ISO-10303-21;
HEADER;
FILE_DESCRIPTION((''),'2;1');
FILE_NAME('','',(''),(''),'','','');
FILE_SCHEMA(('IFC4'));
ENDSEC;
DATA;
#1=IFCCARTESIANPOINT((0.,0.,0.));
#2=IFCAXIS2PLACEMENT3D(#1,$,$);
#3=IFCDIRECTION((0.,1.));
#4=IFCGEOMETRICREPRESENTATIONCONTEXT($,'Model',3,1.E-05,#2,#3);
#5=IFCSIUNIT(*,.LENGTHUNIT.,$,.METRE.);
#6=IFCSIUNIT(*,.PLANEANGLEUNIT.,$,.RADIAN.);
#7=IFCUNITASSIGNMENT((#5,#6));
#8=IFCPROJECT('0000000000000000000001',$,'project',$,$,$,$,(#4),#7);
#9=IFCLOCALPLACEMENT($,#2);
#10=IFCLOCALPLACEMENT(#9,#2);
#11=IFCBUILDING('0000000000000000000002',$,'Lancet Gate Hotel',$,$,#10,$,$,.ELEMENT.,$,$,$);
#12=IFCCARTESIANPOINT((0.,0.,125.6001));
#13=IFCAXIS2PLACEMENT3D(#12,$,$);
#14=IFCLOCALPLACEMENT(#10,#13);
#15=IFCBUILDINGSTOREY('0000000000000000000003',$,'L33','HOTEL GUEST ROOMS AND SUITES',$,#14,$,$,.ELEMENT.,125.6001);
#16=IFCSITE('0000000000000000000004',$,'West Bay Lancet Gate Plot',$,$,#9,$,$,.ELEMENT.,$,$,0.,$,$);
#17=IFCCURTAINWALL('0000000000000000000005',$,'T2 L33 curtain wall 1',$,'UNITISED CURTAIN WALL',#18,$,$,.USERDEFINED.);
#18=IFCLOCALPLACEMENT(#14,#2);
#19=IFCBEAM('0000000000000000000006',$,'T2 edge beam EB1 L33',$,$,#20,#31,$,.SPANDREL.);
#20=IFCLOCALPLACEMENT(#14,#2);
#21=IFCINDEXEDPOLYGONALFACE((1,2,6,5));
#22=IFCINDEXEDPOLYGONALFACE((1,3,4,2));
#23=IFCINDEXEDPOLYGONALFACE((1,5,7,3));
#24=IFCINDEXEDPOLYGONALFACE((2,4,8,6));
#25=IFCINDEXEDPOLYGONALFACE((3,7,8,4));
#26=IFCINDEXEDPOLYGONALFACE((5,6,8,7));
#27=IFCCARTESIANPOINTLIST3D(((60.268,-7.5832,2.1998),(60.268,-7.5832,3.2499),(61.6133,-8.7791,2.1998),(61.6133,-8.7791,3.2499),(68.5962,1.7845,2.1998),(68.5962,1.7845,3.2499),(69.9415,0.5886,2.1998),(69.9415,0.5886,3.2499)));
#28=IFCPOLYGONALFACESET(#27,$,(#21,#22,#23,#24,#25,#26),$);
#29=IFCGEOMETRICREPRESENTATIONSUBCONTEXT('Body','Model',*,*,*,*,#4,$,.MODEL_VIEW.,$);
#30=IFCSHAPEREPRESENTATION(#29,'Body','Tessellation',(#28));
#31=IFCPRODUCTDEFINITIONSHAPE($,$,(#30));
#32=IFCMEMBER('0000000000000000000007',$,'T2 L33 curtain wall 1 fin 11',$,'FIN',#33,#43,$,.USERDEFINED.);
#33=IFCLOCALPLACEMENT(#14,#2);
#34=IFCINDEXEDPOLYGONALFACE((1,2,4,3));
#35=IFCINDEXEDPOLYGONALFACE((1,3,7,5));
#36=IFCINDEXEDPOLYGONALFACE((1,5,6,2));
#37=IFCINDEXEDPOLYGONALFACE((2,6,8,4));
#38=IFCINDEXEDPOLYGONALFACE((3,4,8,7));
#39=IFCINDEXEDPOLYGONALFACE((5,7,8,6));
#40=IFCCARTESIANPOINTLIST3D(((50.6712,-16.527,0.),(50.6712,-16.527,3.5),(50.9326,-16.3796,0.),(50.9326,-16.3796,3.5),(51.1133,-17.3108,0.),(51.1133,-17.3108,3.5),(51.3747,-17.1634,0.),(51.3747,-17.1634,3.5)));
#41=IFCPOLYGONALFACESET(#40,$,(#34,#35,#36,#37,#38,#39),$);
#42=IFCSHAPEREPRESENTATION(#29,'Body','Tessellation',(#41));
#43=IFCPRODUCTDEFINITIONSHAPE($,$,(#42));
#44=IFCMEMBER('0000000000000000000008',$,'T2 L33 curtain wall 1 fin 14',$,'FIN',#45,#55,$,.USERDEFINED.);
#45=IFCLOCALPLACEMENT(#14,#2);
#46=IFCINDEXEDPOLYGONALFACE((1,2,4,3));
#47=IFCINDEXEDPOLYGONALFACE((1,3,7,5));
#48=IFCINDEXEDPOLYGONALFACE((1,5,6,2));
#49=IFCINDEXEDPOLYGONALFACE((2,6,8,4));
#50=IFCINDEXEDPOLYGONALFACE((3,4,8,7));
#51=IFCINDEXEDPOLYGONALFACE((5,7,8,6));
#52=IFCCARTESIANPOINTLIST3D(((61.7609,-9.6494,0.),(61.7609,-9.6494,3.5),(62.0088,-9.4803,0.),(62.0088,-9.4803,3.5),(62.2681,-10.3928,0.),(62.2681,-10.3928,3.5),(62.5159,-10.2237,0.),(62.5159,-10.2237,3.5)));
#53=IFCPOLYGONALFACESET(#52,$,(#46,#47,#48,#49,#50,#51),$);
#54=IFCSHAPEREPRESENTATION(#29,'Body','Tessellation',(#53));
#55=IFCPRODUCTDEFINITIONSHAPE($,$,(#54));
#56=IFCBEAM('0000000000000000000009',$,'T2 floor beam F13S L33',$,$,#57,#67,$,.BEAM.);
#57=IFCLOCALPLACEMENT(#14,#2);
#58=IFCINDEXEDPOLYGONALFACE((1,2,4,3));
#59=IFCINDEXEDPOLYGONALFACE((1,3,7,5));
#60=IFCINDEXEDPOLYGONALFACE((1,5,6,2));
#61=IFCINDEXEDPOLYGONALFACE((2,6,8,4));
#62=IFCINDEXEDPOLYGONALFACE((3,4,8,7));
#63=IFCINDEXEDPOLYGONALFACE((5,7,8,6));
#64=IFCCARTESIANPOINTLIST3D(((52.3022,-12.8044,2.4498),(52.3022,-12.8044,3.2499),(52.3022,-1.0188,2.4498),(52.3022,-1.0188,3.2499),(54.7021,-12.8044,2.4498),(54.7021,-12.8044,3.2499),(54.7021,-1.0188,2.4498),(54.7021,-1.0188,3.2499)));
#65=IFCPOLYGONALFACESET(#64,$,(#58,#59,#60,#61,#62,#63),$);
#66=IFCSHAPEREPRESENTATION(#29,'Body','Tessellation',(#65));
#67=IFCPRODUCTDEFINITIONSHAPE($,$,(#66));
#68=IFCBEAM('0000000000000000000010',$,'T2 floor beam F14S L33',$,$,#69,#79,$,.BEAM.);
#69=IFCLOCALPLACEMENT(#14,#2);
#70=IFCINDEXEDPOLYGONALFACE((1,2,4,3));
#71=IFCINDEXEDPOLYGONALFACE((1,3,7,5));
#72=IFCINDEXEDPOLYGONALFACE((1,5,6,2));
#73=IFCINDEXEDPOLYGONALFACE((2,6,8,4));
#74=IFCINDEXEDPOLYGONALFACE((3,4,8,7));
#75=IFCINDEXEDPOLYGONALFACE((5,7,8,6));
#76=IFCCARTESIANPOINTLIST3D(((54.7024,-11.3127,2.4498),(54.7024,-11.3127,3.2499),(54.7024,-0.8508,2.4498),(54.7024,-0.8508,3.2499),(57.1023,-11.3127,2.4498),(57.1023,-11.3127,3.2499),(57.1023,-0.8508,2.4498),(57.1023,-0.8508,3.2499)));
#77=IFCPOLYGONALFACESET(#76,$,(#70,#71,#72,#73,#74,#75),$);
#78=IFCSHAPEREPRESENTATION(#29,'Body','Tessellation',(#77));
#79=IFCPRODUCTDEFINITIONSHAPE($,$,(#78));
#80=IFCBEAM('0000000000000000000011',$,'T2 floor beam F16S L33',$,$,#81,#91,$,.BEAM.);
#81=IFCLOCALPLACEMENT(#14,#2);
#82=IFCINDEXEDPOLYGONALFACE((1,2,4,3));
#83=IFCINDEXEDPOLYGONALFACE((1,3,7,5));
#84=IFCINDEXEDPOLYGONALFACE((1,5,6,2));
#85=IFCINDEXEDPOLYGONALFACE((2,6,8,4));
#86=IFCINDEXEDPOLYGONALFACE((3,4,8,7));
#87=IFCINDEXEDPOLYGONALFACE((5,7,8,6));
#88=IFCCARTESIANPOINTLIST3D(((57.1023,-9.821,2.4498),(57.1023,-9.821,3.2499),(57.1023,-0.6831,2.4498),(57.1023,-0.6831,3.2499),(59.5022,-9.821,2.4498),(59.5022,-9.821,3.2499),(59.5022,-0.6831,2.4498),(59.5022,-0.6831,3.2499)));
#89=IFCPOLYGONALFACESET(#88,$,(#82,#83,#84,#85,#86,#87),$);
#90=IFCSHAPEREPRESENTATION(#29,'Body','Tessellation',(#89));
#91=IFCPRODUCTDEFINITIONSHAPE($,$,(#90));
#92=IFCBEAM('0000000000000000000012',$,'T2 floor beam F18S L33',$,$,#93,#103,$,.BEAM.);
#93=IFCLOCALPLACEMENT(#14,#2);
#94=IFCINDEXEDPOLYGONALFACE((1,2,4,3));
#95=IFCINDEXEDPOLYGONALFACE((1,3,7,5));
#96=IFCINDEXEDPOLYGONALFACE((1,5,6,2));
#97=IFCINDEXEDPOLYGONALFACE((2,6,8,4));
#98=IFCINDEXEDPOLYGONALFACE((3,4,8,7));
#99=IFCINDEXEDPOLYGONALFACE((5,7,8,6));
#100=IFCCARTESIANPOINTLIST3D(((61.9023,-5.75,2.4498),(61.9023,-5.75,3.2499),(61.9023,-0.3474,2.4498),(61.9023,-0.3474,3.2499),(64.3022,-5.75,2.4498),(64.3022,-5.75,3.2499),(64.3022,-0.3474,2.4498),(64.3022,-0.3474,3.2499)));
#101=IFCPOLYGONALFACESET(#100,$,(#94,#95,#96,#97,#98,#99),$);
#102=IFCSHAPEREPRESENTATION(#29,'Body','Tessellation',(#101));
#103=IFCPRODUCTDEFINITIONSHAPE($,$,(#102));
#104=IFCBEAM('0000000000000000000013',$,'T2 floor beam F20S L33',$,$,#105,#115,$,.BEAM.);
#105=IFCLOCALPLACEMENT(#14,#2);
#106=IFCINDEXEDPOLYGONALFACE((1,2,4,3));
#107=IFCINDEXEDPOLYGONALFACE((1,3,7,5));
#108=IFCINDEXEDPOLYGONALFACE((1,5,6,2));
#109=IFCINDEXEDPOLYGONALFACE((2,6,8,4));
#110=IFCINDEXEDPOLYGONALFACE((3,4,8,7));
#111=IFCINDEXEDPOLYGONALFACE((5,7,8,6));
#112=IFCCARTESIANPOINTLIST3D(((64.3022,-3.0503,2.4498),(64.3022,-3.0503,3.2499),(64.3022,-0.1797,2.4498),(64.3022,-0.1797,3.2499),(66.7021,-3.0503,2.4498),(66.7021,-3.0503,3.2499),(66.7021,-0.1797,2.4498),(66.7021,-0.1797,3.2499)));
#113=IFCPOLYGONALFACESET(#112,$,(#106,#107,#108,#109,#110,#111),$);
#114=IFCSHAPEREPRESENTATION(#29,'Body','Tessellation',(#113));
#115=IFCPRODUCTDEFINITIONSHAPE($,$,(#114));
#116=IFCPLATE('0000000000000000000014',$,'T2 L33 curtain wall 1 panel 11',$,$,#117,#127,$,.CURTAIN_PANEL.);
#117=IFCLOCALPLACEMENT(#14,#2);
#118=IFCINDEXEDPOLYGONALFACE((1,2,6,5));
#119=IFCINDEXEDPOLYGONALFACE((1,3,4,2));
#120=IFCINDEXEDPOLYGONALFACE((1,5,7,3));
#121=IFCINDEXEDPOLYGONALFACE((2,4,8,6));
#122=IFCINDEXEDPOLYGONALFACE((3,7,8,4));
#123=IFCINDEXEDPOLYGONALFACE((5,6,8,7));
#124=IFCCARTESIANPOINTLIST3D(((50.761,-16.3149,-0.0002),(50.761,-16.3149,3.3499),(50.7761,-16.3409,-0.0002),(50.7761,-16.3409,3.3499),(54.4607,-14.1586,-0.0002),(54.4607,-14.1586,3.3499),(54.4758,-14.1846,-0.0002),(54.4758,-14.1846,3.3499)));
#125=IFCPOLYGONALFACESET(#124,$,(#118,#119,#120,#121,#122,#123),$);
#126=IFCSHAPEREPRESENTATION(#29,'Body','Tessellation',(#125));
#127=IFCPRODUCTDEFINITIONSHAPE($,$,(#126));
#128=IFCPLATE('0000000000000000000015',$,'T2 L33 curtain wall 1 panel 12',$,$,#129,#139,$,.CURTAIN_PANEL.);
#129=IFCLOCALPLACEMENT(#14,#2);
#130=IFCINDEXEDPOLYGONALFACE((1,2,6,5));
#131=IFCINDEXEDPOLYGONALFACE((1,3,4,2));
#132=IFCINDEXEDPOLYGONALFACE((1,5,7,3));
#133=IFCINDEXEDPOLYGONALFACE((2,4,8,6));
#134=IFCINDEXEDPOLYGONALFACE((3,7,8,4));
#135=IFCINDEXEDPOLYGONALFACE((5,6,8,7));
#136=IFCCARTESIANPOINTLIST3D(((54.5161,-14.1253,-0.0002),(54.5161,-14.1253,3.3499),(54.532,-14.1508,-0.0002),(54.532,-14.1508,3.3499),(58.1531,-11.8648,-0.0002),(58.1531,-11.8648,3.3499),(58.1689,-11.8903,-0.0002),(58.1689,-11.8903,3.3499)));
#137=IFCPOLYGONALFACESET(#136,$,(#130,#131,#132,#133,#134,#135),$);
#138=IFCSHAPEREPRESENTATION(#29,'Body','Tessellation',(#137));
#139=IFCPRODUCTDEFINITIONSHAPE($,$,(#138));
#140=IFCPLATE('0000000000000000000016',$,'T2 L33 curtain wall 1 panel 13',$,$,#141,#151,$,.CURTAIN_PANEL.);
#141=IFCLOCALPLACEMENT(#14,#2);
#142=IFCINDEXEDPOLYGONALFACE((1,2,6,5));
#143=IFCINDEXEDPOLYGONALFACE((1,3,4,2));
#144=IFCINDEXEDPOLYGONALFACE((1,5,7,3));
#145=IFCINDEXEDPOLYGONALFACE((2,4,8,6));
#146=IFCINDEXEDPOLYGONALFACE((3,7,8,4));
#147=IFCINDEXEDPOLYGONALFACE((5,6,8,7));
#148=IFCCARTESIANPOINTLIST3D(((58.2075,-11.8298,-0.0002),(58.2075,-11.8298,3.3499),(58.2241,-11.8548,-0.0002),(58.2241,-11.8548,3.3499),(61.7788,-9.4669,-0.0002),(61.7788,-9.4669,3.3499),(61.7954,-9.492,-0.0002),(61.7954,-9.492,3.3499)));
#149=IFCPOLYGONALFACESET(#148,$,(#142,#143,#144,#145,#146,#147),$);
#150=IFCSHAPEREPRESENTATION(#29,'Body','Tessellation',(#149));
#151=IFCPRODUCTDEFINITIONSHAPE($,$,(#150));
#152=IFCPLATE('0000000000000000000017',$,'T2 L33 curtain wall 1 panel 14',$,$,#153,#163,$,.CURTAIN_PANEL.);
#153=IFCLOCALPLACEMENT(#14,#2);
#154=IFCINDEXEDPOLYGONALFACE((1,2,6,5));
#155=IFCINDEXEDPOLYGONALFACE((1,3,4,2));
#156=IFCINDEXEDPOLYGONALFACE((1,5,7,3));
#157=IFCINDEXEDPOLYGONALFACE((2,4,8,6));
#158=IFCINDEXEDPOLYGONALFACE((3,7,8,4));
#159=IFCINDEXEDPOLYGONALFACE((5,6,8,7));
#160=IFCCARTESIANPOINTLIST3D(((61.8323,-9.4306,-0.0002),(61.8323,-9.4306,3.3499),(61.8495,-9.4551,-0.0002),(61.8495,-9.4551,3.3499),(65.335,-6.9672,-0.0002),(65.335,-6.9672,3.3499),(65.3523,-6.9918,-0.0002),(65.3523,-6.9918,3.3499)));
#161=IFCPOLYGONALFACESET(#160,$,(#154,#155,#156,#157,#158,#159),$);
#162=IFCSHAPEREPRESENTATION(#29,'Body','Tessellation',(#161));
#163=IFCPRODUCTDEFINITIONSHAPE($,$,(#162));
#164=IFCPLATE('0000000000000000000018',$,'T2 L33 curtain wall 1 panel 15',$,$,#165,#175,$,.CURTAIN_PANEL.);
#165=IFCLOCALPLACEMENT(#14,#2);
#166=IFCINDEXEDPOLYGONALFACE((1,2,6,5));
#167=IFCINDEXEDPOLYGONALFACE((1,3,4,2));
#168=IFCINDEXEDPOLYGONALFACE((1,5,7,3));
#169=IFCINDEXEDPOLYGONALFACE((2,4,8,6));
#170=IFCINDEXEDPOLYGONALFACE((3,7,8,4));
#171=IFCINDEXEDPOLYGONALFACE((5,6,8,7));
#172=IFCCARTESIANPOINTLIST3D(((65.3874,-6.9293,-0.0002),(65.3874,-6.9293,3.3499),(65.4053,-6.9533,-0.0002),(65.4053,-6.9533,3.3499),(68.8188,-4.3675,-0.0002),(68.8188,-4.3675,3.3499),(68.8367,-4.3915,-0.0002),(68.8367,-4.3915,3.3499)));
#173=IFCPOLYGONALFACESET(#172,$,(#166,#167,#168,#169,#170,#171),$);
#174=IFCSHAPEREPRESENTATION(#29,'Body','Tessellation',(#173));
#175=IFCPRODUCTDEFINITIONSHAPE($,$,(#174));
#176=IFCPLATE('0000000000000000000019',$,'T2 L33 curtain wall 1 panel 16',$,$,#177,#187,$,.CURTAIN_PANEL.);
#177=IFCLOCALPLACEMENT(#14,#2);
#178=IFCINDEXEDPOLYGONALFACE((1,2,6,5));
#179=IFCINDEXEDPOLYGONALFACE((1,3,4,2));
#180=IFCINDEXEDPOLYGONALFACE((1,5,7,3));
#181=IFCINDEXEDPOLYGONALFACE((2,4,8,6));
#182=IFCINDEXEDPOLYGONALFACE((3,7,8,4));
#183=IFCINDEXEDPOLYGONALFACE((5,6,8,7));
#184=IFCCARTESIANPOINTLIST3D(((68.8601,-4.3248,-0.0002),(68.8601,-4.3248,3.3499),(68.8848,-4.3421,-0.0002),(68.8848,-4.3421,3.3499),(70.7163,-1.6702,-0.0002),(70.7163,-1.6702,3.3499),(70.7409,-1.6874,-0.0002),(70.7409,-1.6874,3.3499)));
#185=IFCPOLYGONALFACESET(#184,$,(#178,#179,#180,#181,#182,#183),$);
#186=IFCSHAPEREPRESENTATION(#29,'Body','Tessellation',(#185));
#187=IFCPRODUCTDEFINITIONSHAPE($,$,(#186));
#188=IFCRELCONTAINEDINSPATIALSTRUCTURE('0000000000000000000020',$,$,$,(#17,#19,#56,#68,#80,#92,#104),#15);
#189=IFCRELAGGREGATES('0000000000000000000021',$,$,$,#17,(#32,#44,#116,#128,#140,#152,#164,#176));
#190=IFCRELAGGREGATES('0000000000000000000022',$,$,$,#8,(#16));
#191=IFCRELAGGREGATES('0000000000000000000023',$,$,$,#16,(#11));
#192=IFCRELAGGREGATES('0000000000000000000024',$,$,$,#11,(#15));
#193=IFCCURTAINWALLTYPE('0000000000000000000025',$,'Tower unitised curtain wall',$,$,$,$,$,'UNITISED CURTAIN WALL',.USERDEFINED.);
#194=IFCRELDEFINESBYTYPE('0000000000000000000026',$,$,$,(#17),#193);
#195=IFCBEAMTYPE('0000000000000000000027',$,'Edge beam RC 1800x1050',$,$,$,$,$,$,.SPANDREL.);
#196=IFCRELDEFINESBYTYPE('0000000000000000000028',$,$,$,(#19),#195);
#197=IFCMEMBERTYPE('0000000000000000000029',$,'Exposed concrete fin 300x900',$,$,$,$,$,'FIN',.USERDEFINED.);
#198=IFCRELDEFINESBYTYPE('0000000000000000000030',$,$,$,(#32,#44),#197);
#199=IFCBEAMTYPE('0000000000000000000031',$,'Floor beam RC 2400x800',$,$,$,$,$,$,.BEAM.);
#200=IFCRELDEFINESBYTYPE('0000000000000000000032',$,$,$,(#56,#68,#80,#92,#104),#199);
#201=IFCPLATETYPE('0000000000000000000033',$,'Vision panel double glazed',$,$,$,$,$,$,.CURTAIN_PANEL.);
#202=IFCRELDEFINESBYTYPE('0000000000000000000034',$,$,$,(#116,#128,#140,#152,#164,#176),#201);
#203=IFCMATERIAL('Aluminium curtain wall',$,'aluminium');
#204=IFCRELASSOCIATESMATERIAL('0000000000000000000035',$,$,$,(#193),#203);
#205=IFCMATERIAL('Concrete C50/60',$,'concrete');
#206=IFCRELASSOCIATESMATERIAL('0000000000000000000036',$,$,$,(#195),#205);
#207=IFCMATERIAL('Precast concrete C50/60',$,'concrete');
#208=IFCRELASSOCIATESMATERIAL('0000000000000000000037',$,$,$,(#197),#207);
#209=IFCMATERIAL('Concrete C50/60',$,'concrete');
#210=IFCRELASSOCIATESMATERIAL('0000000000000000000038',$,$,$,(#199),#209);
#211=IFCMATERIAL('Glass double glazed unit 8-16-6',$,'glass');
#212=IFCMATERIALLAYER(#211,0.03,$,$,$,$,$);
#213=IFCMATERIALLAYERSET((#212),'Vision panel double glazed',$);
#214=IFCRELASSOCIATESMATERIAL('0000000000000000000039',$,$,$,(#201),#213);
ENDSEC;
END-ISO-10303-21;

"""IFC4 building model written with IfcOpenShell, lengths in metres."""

from ifc_helpers import new_model, si_unit, direction, frame, origin, origin_2d, place, context, subcontext, project, spatial, rectangle, extrude, material, layer, layer_set, material_profile, profile_set, type_object, element, aggregate, save


model = new_model("IFC4")

# Units and contexts
model_context = context("Model", 3, precision=1e-05, world=origin(), true_north=direction((0.0, 1.0)))
body_context = subcontext(model_context, "Body", "Model", "MODEL_VIEW")
ifc_project = project(units=[si_unit("LENGTHUNIT", "METRE"), si_unit("PLANEANGLEUNIT", "RADIAN")], contexts=[model_context])

# Site, building, storey
site_placement = place(None, origin())
site = spatial("IfcSite", under=ifc_project, at=site_placement, Name="West Bay Lancet Gate Plot", CompositionType="ELEMENT", RefElevation=0.0)
building_placement = place(site_placement, origin())
building = spatial("IfcBuilding", under=site, at=building_placement, Name="Lancet Gate Hotel", CompositionType="ELEMENT")
storey_placement = place(building_placement, frame((0.0, 0.0, 125.6001)))
storey = spatial("IfcBuildingStorey", under=building, at=storey_placement, Name="L33", Description="HOTEL GUEST ROOMS AND SUITES", CompositionType="ELEMENT", Elevation=125.6001)

# Curtain wall
ifc_material_1 = material(Name="Aluminium curtain wall", Category="aluminium")
curtain_wall_type = type_object("IfcCurtainWallType", Name="Tower unitised curtain wall", ElementType="UNITISED CURTAIN WALL", PredefinedType="USERDEFINED", material=ifc_material_1)
curtain_wall_placement = place(storey_placement, origin())
curtain_wall = element("IfcCurtainWall", 1, at=curtain_wall_placement, inside=storey, type_object=curtain_wall_type, Name="T2 L33 curtain wall 1", ObjectType="UNITISED CURTAIN WALL", PredefinedType="USERDEFINED")

# Beam
ifc_material_2 = material(Name="Concrete C50/60", Category="concrete")
ifc_material_profile_1 = material_profile(ifc_material_2, rectangle(XDim=1.8, YDim=1.05, at=origin_2d()), Name="RC 1800x1050")
ifc_profile_set_1 = profile_set([ifc_material_profile_1], Name="Concrete C50/60")
beam_type_1 = type_object("IfcBeamType", Name="Edge beam RC 1800x1050", PredefinedType="SPANDREL", material=ifc_profile_set_1)
beam_1_placement = place(storey_placement, frame((60.9407, -8.1812, 2.7249), z_axis=(0.664422, 0.747358, 0.0), x_axis=(-0.747358, 0.664422, 0.0)))
element("IfcBeam", 2, at=beam_1_placement, inside=storey, type_object=beam_type_1, Name="T2 edge beam EB1 L33", PredefinedType="SPANDREL", context=body_context, shape_type="SweptSolid", body=[
    extrude(rectangle(XDim=1.8, YDim=1.05, at=origin_2d()), origin(), (0.0, 0.0, 1.0), 12.5344),
])

# Members
ifc_material_3 = material(Name="Precast concrete C50/60", Category="concrete")
ifc_material_profile_2 = material_profile(ifc_material_3, rectangle(XDim=0.3, YDim=0.8999, at=origin_2d()), Name="FIN 300x900")
ifc_profile_set_2 = profile_set([ifc_material_profile_2], Name="Precast concrete C50/60")
member_type_1 = type_object("IfcMemberType", Name="Exposed concrete fin 300x900", ElementType="FIN", PredefinedType="USERDEFINED", material=ifc_profile_set_2)
member_1_placement = place(storey_placement, frame((51.0229, -16.8452, 0.0), z_axis=(0.0, 0.0, 1.0), x_axis=(0.871029, 0.491232, 0.0)))
member_1 = element("IfcMember", 3, at=member_1_placement, type_object=member_type_1, Name="T2 L33 curtain wall 1 fin 11", ObjectType="FIN", PredefinedType="USERDEFINED", context=body_context, shape_type="SweptSolid", body=[
    extrude(rectangle(XDim=0.3, YDim=0.8999, at=origin_2d()), origin(), (0.0, 0.0, 1.0), 3.5),
])
member_2_placement = place(storey_placement, frame((62.1384, -9.9365, 0.0), z_axis=(0.0, 0.0, 1.0), x_axis=(0.826066, 0.563574, 0.0)))
member_2 = element("IfcMember", 4, at=member_2_placement, type_object=member_type_1, Name="T2 L33 curtain wall 1 fin 14", ObjectType="FIN", PredefinedType="USERDEFINED", context=body_context, shape_type="SweptSolid", body=[
    extrude(rectangle(XDim=0.3, YDim=0.8999, at=origin_2d()), origin(), (0.0, 0.0, 1.0), 3.5),
])

# Beams
ifc_material_4 = material(Name="Concrete C50/60", Category="concrete")
ifc_material_profile_3 = material_profile(ifc_material_4, rectangle(XDim=2.3999, YDim=0.8, at=origin_2d()), Name="RC 2400x800")
ifc_profile_set_3 = profile_set([ifc_material_profile_3], Name="Concrete C50/60")
beam_type_2 = type_object("IfcBeamType", Name="Floor beam RC 2400x800", PredefinedType="BEAM", material=ifc_profile_set_3)
beam_2_placement = place(storey_placement, frame((53.5022, -12.8044, 2.8499), z_axis=(0.0, 1.0, 0.0), x_axis=(-1.0, 0.0, 0.0)))
element("IfcBeam", 5, at=beam_2_placement, inside=storey, type_object=beam_type_2, Name="T2 floor beam F13S L33", PredefinedType="BEAM", context=body_context, shape_type="SweptSolid", body=[
    extrude(rectangle(XDim=2.3999, YDim=0.8, at=origin_2d()), origin(), (0.0, 0.0, 1.0), 11.7856),
])
beam_3_placement = place(storey_placement, frame((55.9023, -11.3127, 2.8499), z_axis=(0.0, 1.0, 0.0), x_axis=(-1.0, 0.0, 0.0)))
element("IfcBeam", 6, at=beam_3_placement, inside=storey, type_object=beam_type_2, Name="T2 floor beam F14S L33", PredefinedType="BEAM", context=body_context, shape_type="SweptSolid", body=[
    extrude(rectangle(XDim=2.3999, YDim=0.8, at=origin_2d()), origin(), (0.0, 0.0, 1.0), 10.4619),
])
beam_4_placement = place(storey_placement, frame((58.3022, -9.821, 2.8499), z_axis=(0.0, 1.0, 0.0), x_axis=(-1.0, 0.0, 0.0)))
element("IfcBeam", 7, at=beam_4_placement, inside=storey, type_object=beam_type_2, Name="T2 floor beam F16S L33", PredefinedType="BEAM", context=body_context, shape_type="SweptSolid", body=[
    extrude(rectangle(XDim=2.3999, YDim=0.8, at=origin_2d()), origin(), (0.0, 0.0, 1.0), 9.1379),
])
beam_5_placement = place(storey_placement, frame((63.1023, -5.75, 2.8499), z_axis=(0.0, 1.0, 0.0), x_axis=(-1.0, 0.0, 0.0)))
element("IfcBeam", 8, at=beam_5_placement, inside=storey, type_object=beam_type_2, Name="T2 floor beam F18S L33", PredefinedType="BEAM", context=body_context, shape_type="SweptSolid", body=[
    extrude(rectangle(XDim=2.3999, YDim=0.8, at=origin_2d()), origin(), (0.0, 0.0, 1.0), 5.4026),
])
beam_6_placement = place(storey_placement, frame((65.5022, -3.0503, 2.8499), z_axis=(0.0, 1.0, 0.0), x_axis=(-1.0, 0.0, 0.0)))
element("IfcBeam", 9, at=beam_6_placement, inside=storey, type_object=beam_type_2, Name="T2 floor beam F20S L33", PredefinedType="BEAM", context=body_context, shape_type="SweptSolid", body=[
    extrude(rectangle(XDim=2.3999, YDim=0.8, at=origin_2d()), origin(), (0.0, 0.0, 1.0), 2.8706),
])

# Plates
ifc_material_5 = material(Name="Glass double glazed unit 8-16-6", Category="glass")
ifc_layer_1 = layer(ifc_material_5, 0.03)
ifc_layer_set_1 = layer_set([ifc_layer_1], Name="Vision panel double glazed")
plate_type = type_object("IfcPlateType", Name="Vision panel double glazed", PredefinedType="CURTAIN_PANEL", material=ifc_layer_set_1)
plate_1_placement = place(storey_placement, frame((52.6184, -15.2498, -0.0002), z_axis=(0.0, 0.0, 1.0), x_axis=(0.863966, 0.503551, 0.0)))
plate_1 = element("IfcPlate", 10, at=plate_1_placement, type_object=plate_type, Name="T2 L33 curtain wall 1 panel 11", PredefinedType="CURTAIN_PANEL", context=body_context, shape_type="SweptSolid", body=[
    extrude(rectangle(XDim=4.2822, YDim=0.03, at=origin_2d()), origin(), (0.0, 0.0, 1.0), 3.3501),
])
plate_2_placement = place(storey_placement, frame((56.3425, -13.0078, -0.0002), z_axis=(0.0, 0.0, 1.0), x_axis=(0.849318, 0.527882, 0.0)))
plate_2 = element("IfcPlate", 11, at=plate_2_placement, type_object=plate_type, Name="T2 L33 curtain wall 1 panel 12", PredefinedType="CURTAIN_PANEL", context=body_context, shape_type="SweptSolid", body=[
    extrude(rectangle(XDim=4.2822, YDim=0.03, at=origin_2d()), origin(), (0.0, 0.0, 1.0), 3.3501),
])
plate_3_placement = place(storey_placement, frame((60.0015, -10.6609, -0.0002), z_axis=(0.0, 0.0, 1.0), x_axis=(0.833985, 0.551787, 0.0)))
plate_3 = element("IfcPlate", 12, at=plate_3_placement, type_object=plate_type, Name="T2 L33 curtain wall 1 panel 13", PredefinedType="CURTAIN_PANEL", context=body_context, shape_type="SweptSolid", body=[
    extrude(rectangle(XDim=4.2822, YDim=0.03, at=origin_2d()), origin(), (0.0, 0.0, 1.0), 3.3501),
])
plate_4_placement = place(storey_placement, frame((63.5923, -8.2112, -0.0002), z_axis=(0.0, 0.0, 1.0), x_axis=(0.817979, 0.575247, 0.0)))
plate_4 = element("IfcPlate", 13, at=plate_4_placement, type_object=plate_type, Name="T2 L33 curtain wall 1 panel 14", PredefinedType="CURTAIN_PANEL", context=body_context, shape_type="SweptSolid", body=[
    extrude(rectangle(XDim=4.2822, YDim=0.03, at=origin_2d()), origin(), (0.0, 0.0, 1.0), 3.3501),
])
plate_5_placement = place(storey_placement, frame((67.1121, -5.6604, -0.0002), z_axis=(0.0, 0.0, 1.0), x_axis=(0.801314, 0.598244, 0.0)))
plate_5 = element("IfcPlate", 14, at=plate_5_placement, type_object=plate_type, Name="T2 L33 curtain wall 1 panel 15", PredefinedType="CURTAIN_PANEL", context=body_context, shape_type="SweptSolid", body=[
    extrude(rectangle(XDim=4.2822, YDim=0.03, at=origin_2d()), origin(), (0.0, 0.0, 1.0), 3.3501),
])
plate_6_placement = place(storey_placement, frame((69.8005, -3.0061, -0.0002), z_axis=(0.0, 0.0, 1.0), x_axis=(0.573025, 0.819538, 0.0)))
plate_6 = element("IfcPlate", 15, at=plate_6_placement, type_object=plate_type, Name="T2 L33 curtain wall 1 panel 16", PredefinedType="CURTAIN_PANEL", context=body_context, shape_type="SweptSolid", body=[
    extrude(rectangle(XDim=3.2393, YDim=0.03, at=origin_2d()), origin(), (0.0, 0.0, 1.0), 3.3501),
])
aggregate(curtain_wall, [member_1, member_2, plate_1, plate_2, plate_3, plate_4, plate_5, plate_6])

save(model, "model.ifc")
